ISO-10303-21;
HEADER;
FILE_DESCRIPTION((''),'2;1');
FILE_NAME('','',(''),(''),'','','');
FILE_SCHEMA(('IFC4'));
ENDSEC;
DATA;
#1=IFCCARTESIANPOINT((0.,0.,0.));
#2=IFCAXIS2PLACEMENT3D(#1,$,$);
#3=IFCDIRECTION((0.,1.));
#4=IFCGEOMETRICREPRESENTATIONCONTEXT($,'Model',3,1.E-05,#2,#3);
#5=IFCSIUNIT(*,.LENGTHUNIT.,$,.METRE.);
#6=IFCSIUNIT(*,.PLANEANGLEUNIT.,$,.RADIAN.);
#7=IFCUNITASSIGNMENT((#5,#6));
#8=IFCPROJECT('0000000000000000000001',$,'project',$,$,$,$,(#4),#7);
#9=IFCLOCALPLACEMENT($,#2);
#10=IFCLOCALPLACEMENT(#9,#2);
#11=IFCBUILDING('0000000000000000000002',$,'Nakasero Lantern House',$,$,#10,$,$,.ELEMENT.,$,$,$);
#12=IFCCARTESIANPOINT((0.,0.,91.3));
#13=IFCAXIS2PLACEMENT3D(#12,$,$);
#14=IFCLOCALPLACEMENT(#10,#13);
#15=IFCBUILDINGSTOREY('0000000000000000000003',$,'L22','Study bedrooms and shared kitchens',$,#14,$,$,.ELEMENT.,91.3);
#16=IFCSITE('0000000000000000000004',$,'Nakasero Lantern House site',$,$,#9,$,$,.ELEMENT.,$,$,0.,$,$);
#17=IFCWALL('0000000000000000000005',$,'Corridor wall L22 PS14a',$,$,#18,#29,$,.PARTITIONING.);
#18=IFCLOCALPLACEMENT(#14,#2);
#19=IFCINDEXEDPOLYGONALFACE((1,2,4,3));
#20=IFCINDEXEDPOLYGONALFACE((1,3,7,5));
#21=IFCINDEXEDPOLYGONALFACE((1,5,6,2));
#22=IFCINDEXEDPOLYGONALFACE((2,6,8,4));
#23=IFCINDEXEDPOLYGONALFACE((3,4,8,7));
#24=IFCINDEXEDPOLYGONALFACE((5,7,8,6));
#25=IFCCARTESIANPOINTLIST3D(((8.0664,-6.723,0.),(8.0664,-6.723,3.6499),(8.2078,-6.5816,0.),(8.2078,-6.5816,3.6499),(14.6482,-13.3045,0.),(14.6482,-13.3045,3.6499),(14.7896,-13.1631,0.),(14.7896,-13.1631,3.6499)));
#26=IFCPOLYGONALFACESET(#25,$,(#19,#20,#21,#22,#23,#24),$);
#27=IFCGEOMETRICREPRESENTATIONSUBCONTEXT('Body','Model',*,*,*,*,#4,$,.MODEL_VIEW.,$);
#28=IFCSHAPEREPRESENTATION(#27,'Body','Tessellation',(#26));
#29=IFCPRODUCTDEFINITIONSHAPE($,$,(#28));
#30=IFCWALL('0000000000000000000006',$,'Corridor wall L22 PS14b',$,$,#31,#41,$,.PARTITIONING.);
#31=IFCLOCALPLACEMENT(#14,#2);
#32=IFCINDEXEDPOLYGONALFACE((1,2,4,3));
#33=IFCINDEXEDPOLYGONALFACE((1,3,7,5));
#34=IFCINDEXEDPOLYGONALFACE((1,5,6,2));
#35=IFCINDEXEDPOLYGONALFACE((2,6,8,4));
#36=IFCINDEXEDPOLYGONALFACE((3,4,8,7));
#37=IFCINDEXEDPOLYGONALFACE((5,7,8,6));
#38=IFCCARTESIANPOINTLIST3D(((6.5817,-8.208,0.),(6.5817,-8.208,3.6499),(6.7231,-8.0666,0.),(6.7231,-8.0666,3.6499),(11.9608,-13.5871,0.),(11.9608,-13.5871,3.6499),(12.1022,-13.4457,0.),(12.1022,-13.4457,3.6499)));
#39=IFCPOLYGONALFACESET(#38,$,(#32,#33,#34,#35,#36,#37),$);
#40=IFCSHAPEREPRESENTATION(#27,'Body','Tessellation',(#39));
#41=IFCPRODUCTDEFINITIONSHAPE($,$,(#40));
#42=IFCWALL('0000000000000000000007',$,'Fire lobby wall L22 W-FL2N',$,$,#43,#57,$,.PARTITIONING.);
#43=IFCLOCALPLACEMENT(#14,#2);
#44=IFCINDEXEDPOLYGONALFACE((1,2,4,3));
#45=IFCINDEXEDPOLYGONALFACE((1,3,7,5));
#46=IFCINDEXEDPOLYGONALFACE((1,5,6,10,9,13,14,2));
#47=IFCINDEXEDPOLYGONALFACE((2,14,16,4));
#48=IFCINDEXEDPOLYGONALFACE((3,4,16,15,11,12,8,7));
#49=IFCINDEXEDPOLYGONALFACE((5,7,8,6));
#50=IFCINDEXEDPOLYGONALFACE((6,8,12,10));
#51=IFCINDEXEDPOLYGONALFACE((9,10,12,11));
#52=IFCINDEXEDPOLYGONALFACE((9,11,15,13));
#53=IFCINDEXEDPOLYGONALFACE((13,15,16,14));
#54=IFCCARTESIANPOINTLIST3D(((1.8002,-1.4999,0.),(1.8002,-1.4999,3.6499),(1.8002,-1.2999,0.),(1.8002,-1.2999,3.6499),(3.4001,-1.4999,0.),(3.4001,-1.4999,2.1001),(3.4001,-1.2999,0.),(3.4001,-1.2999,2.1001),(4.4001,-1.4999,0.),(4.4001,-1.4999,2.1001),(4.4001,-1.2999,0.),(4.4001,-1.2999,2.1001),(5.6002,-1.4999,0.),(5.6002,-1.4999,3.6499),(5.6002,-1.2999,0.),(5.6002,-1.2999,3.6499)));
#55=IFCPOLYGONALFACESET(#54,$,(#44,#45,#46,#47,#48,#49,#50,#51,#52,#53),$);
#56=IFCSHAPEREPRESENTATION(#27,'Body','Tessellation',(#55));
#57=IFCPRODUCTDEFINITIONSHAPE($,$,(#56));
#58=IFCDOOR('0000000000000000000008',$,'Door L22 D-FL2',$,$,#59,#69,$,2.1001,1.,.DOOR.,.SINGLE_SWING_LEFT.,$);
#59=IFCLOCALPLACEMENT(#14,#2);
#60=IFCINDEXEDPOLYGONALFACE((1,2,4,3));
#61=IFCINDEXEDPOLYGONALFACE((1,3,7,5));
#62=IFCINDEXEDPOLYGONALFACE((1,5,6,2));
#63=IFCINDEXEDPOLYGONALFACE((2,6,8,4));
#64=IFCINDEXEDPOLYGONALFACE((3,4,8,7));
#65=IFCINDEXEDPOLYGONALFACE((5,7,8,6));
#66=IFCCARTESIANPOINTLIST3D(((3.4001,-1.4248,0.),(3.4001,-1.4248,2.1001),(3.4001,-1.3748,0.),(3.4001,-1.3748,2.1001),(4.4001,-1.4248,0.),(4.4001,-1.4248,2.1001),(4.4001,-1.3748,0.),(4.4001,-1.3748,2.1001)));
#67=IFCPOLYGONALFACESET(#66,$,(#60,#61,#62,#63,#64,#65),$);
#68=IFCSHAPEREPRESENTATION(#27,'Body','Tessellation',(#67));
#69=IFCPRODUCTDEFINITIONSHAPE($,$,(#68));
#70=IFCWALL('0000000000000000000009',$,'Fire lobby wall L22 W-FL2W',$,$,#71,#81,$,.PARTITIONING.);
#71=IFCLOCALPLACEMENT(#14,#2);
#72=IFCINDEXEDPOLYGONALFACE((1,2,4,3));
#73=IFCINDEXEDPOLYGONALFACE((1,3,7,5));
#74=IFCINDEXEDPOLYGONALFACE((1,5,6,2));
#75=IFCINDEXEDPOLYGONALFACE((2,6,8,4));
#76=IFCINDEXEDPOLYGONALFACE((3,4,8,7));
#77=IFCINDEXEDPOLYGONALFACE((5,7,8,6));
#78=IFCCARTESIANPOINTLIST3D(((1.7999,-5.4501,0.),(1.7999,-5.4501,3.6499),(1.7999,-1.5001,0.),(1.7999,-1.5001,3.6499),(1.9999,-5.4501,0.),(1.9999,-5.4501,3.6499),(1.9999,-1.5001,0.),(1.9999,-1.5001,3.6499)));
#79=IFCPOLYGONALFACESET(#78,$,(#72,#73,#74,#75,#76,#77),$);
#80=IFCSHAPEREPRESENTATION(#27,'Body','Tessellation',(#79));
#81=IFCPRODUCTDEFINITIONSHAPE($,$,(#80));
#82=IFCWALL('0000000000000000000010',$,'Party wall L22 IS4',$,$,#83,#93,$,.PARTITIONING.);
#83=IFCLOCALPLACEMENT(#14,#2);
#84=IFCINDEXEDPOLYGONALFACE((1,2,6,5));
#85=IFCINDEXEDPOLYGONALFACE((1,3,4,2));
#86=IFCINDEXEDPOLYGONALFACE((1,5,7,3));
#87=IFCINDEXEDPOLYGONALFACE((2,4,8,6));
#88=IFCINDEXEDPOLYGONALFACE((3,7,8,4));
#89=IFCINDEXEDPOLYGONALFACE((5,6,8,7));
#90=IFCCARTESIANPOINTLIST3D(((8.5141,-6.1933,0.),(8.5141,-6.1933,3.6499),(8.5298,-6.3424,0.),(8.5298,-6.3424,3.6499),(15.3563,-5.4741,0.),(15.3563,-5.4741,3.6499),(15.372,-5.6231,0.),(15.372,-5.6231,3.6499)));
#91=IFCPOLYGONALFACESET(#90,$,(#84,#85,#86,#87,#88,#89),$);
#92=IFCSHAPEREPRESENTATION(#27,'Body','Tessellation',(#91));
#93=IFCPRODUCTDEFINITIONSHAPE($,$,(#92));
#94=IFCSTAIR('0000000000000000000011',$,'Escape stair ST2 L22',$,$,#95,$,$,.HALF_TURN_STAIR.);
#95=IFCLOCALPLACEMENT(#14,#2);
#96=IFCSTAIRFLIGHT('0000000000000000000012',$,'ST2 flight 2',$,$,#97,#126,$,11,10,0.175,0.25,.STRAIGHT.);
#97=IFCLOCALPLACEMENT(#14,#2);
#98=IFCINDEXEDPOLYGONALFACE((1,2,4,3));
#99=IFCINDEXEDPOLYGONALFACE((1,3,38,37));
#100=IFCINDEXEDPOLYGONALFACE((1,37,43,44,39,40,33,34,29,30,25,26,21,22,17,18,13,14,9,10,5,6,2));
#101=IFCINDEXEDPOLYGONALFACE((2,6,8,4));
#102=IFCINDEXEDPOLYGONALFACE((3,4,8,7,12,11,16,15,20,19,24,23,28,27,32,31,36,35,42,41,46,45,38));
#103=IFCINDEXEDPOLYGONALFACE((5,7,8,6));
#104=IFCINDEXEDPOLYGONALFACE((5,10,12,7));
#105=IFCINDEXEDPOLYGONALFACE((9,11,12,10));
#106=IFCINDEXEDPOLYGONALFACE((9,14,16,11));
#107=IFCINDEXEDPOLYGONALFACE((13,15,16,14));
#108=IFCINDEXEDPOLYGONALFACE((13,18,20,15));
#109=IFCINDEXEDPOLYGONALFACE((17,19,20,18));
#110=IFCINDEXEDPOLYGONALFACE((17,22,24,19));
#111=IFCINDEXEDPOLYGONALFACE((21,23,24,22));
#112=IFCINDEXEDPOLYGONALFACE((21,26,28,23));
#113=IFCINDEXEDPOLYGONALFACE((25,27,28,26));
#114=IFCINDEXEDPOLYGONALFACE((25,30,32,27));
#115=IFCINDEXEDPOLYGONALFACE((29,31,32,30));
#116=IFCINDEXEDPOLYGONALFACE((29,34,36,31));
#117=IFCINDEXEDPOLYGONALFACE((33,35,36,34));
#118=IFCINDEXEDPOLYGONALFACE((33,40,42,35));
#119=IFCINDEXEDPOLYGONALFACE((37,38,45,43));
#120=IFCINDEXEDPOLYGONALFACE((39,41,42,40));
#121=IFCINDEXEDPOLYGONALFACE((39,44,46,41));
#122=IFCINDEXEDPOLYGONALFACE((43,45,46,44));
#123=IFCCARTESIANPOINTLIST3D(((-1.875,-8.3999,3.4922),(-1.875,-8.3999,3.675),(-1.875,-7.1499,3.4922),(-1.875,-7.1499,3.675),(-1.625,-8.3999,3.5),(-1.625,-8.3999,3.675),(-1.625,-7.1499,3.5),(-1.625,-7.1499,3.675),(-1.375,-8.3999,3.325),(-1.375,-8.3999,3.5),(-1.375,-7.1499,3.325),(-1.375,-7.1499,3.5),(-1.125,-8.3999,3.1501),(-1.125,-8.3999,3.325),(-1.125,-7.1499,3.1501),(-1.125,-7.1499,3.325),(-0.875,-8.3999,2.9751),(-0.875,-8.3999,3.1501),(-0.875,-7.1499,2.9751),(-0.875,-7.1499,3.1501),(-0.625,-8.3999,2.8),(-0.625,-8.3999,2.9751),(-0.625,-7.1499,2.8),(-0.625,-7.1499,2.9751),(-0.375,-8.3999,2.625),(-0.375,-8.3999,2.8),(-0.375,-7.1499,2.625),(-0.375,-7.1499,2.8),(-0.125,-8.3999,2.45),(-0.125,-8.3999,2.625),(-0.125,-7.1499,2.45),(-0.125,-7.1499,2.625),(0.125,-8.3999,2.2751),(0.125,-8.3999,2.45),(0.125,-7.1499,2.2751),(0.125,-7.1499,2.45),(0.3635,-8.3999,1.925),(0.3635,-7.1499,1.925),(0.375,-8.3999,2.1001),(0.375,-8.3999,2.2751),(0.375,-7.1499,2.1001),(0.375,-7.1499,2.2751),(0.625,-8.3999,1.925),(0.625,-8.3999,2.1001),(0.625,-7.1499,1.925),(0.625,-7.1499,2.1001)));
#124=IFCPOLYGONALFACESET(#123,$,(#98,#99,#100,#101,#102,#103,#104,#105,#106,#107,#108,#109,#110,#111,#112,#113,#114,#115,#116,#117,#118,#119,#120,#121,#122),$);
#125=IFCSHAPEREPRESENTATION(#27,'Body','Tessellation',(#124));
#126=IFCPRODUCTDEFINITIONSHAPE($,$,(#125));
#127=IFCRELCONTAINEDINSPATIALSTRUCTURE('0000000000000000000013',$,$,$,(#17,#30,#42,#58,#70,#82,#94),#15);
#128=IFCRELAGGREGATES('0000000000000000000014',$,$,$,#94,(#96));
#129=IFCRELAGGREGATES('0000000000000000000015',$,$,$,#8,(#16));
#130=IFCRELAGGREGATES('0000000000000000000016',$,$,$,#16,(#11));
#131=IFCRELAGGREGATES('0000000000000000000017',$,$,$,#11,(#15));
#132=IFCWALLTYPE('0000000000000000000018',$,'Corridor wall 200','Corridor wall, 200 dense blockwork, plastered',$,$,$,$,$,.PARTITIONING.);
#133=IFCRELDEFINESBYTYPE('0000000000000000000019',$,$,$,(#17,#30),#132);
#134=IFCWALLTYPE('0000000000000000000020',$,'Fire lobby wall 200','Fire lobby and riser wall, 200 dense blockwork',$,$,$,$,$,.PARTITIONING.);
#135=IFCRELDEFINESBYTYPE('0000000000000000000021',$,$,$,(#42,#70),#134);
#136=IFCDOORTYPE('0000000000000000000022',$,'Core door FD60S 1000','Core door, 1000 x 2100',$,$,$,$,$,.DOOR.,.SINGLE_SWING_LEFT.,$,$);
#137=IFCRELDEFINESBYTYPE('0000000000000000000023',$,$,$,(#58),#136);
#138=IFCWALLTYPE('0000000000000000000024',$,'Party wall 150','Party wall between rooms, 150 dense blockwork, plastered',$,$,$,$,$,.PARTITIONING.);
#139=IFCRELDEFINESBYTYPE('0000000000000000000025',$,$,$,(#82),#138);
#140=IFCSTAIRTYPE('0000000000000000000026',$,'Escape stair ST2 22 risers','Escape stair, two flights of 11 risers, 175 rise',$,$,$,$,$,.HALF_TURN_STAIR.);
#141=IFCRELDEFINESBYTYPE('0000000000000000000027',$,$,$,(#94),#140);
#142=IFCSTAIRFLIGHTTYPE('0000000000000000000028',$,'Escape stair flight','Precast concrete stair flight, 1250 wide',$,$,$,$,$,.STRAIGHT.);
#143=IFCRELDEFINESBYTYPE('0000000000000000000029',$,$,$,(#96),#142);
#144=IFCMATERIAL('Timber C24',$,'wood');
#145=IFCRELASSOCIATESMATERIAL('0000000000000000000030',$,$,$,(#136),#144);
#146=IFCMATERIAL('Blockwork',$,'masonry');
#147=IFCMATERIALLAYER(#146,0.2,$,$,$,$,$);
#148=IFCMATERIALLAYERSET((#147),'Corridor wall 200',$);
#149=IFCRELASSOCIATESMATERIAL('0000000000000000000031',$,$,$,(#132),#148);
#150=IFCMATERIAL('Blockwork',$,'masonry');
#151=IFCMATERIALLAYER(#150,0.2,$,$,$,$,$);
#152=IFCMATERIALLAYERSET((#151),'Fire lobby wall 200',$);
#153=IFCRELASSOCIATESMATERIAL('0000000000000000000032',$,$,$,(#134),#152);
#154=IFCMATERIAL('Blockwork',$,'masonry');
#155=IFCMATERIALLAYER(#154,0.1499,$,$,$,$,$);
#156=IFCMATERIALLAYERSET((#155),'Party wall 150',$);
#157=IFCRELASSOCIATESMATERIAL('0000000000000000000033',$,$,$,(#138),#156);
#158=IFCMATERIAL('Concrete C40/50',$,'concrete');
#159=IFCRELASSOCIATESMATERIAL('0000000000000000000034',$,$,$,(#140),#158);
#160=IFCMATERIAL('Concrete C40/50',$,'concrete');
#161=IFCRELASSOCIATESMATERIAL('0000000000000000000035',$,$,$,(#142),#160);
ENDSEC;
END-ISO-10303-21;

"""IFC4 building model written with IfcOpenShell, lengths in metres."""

from ifc_helpers import new_model, si_unit, direction, frame, frame_2d, origin, place, context, subcontext, project, spatial, polyline, rectangle, outline, extrude, material, layer, layer_set, type_object, element, fill, aggregate, save


model = new_model("IFC4")

# Units and contexts
model_context = context("Model", 3, precision=1e-05, world=origin(), true_north=direction((0.0, 1.0)))
body_context = subcontext(model_context, "Body", "Model", "MODEL_VIEW")
ifc_project = project(units=[si_unit("LENGTHUNIT", "METRE"), si_unit("PLANEANGLEUNIT", "RADIAN")], contexts=[model_context])

# Site, building, storey
site_placement = place(None, origin())
site = spatial("IfcSite", under=ifc_project, at=site_placement, Name="Nakasero Lantern House site", CompositionType="ELEMENT", RefElevation=0.0)
building_placement = place(site_placement, origin())
building = spatial("IfcBuilding", under=site, at=building_placement, Name="Nakasero Lantern House", CompositionType="ELEMENT")
storey_placement = place(building_placement, frame((0.0, 0.0, 91.3)))
storey = spatial("IfcBuildingStorey", under=building, at=storey_placement, Name="L22", Description="Study bedrooms and shared kitchens", CompositionType="ELEMENT", Elevation=91.3)

# Shared definitions
ifc_material_1 = material(Name="Timber C24", Category="wood")
door_type_1 = type_object("IfcDoorType", Name="Core door FD60S 1000", Description="Core door, 1000 x 2100", OperationType="SINGLE_SWING_LEFT", PredefinedType="DOOR", material=ifc_material_1)

# Walls
ifc_material_2 = material(Name="Blockwork", Category="masonry")
ifc_layer_1 = layer(ifc_material_2, 0.2)
ifc_layer_set_1 = layer_set([ifc_layer_1], Name="Corridor wall 200")
wall_type_1 = type_object("IfcWallType", Name="Corridor wall 200", Description="Corridor wall, 200 dense blockwork, plastered", PredefinedType="PARTITIONING", material=ifc_layer_set_1)
wall_1_placement = place(storey_placement, frame((8.1372, -6.6523, 0.0), z_axis=(0.0, 0.0, 1.0), x_axis=(0.70712, -0.707094, 0.0)))
element("IfcWall", 1, at=wall_1_placement, inside=storey, type_object=wall_type_1, Name="Corridor wall L22 PS14a", PredefinedType="PARTITIONING", context=body_context, shape_type="SweptSolid", body=[
    extrude(rectangle(XDim=9.3079, YDim=0.2, at=frame_2d((4.6538, 0.0))), origin(), (0.0, 0.0, 1.0), 3.6499),
])
wall_2_placement = place(storey_placement, frame((6.6523, -8.1372, 0.0), z_axis=(0.0, 0.0, 1.0), x_axis=(0.707107, -0.707107, 0.0)))
element("IfcWall", 2, at=wall_2_placement, inside=storey, type_object=wall_type_1, Name="Corridor wall L22 PS14b", PredefinedType="PARTITIONING", context=body_context, shape_type="SweptSolid", body=[
    extrude(rectangle(XDim=7.6072, YDim=0.2, at=frame_2d((3.8037, 0.0))), origin(), (0.0, 0.0, 1.0), 3.6499),
])

# Wall, opening, door
ifc_material_3 = material(Name="Blockwork", Category="masonry")
ifc_layer_2 = layer(ifc_material_3, 0.2)
ifc_layer_set_2 = layer_set([ifc_layer_2], Name="Fire lobby wall 200")
wall_type_2 = type_object("IfcWallType", Name="Fire lobby wall 200", Description="Fire lobby and riser wall, 200 dense blockwork", PredefinedType="PARTITIONING", material=ifc_layer_set_2)
wall_3_placement = place(storey_placement, frame((5.6001, -1.3999, 0.0), z_axis=(0.0, 0.0, 1.0), x_axis=(-1.0, 0.0, 0.0)))
wall_3 = element("IfcWall", 3, at=wall_3_placement, inside=storey, type_object=wall_type_2, Name="Fire lobby wall L22 W-FL2N", PredefinedType="PARTITIONING", context=body_context, shape_type="SweptSolid", body=[
    extrude(rectangle(XDim=3.8, YDim=0.2, at=frame_2d((1.8999, 0.0))), origin(), (0.0, 0.0, 1.0), 3.6499),
])
opening_1_placement = place(wall_3_placement, frame((1.2, 0.0, 0.0)))
opening_1 = element("IfcOpeningElement", 4, at=opening_1_placement, cuts=wall_3, PredefinedType="OPENING", context=body_context, shape_type="SweptSolid", body=[
    extrude(rectangle(XDim=1.0, YDim=2.1001, at=frame_2d((0.5, 1.05))), frame((0.0, 0.1199, 0.0), z_axis=(0.0, -1.0, 0.0), x_axis=(1.0, 0.0, 0.0)), (0.0, 0.0, 1.0), 0.24),
])
door_1_placement = place(opening_1_placement, origin())
door_1 = element("IfcDoor", 5, at=door_1_placement, inside=storey, type_object=door_type_1, Name="Door L22 D-FL2", OperationType="SINGLE_SWING_LEFT", OverallHeight=2.1001, OverallWidth=1.0, PredefinedType="DOOR", context=body_context, shape_type="SweptSolid", body=[
    extrude(rectangle(XDim=1.0, YDim=2.1001, at=frame_2d((0.5, 1.05))), frame((0.0, 0.0249, 0.0), z_axis=(0.0, -1.0, 0.0), x_axis=(1.0, 0.0, 0.0)), (0.0, 0.0, 1.0), 0.05),
])
fill(opening_1, door_1)

# Walls
wall_4_placement = place(storey_placement, frame((1.8999, -1.5, 0.0), z_axis=(0.0, 0.0, 1.0), x_axis=(0.0, -1.0, 0.0)))
element("IfcWall", 6, at=wall_4_placement, inside=storey, type_object=wall_type_2, Name="Fire lobby wall L22 W-FL2W", PredefinedType="PARTITIONING", context=body_context, shape_type="SweptSolid", body=[
    extrude(rectangle(XDim=3.95, YDim=0.2, at=frame_2d((1.9751, 0.0))), origin(), (0.0, 0.0, 1.0), 3.6499),
])
ifc_material_4 = material(Name="Blockwork", Category="masonry")
ifc_layer_3 = layer(ifc_material_4, 0.1499)
ifc_layer_set_3 = layer_set([ifc_layer_3], Name="Party wall 150")
wall_type_3 = type_object("IfcWallType", Name="Party wall 150", Description="Party wall between rooms, 150 dense blockwork, plastered", PredefinedType="PARTITIONING", material=ifc_layer_set_3)
wall_5_placement = place(storey_placement, frame((8.522, -6.2678, 0.0), z_axis=(0.0, 0.0, 1.0), x_axis=(0.994521, 0.104541, 0.0)))
element("IfcWall", 7, at=wall_5_placement, inside=storey, type_object=wall_type_3, Name="Party wall L22 IS4", PredefinedType="PARTITIONING", context=body_context, shape_type="SweptSolid", body=[
    extrude(rectangle(XDim=6.8799, YDim=0.1499, at=frame_2d((3.4399, 0.0))), origin(), (0.0, 0.0, 1.0), 3.6499),
])

# Stair, stair flight
ifc_material_5 = material(Name="Concrete C40/50", Category="concrete")
stair_type = type_object("IfcStairType", Name="Escape stair ST2 22 risers", Description="Escape stair, two flights of 11 risers, 175 rise", PredefinedType="HALF_TURN_STAIR", material=ifc_material_5)
stair_placement = place(storey_placement, origin())
stair = element("IfcStair", 8, at=stair_placement, inside=storey, type_object=stair_type, Name="Escape stair ST2 L22", PredefinedType="HALF_TURN_STAIR")
ifc_material_6 = material(Name="Concrete C40/50", Category="concrete")
stair_flight_type = type_object("IfcStairFlightType", Name="Escape stair flight", Description="Precast concrete stair flight, 1250 wide", PredefinedType="STRAIGHT", material=ifc_material_6)
stair_flight_placement = place(storey_placement, frame((0.625, -7.7749, 1.925), z_axis=(0.0, 0.0, 1.0), x_axis=(-1.0, 0.0, 0.0)))
stair_flight = element("IfcStairFlight", 9, at=stair_flight_placement, type_object=stair_flight_type, Name="ST2 flight 2", NumberOfRisers=11, NumberOfTreads=10, PredefinedType="STRAIGHT", RiserHeight=0.175, TreadLength=0.25, context=body_context, shape_type="SweptSolid", body=[
    extrude(outline(polyline([(0.0, 0.0), (0.0, 0.175), (0.25, 0.175), (0.25, 0.3501), (0.5, 0.3501), (0.5, 0.5249), (0.75, 0.5249), (0.75, 0.7), (1.0, 0.7), (1.0, 0.875), (1.25, 0.875), (1.25, 1.05), (1.5, 1.05), (1.5, 1.2251), (1.75, 1.2251), (1.75, 1.3999), (2.0, 1.3999), (2.0, 1.575), (2.25, 1.575), (2.25, 1.75), (2.5, 1.75), (2.5, 1.925), (2.5, 1.5671), (0.2615, 0.0), (0.0, 0.0)])), frame((0.0, 0.625, 0.0), z_axis=(0.0, -1.0, 0.0), x_axis=(1.0, 0.0, 0.0)), (0.0, 0.0, 1.0), 1.25),
])
aggregate(stair, [stair_flight])

save(model, "model.ifc")
